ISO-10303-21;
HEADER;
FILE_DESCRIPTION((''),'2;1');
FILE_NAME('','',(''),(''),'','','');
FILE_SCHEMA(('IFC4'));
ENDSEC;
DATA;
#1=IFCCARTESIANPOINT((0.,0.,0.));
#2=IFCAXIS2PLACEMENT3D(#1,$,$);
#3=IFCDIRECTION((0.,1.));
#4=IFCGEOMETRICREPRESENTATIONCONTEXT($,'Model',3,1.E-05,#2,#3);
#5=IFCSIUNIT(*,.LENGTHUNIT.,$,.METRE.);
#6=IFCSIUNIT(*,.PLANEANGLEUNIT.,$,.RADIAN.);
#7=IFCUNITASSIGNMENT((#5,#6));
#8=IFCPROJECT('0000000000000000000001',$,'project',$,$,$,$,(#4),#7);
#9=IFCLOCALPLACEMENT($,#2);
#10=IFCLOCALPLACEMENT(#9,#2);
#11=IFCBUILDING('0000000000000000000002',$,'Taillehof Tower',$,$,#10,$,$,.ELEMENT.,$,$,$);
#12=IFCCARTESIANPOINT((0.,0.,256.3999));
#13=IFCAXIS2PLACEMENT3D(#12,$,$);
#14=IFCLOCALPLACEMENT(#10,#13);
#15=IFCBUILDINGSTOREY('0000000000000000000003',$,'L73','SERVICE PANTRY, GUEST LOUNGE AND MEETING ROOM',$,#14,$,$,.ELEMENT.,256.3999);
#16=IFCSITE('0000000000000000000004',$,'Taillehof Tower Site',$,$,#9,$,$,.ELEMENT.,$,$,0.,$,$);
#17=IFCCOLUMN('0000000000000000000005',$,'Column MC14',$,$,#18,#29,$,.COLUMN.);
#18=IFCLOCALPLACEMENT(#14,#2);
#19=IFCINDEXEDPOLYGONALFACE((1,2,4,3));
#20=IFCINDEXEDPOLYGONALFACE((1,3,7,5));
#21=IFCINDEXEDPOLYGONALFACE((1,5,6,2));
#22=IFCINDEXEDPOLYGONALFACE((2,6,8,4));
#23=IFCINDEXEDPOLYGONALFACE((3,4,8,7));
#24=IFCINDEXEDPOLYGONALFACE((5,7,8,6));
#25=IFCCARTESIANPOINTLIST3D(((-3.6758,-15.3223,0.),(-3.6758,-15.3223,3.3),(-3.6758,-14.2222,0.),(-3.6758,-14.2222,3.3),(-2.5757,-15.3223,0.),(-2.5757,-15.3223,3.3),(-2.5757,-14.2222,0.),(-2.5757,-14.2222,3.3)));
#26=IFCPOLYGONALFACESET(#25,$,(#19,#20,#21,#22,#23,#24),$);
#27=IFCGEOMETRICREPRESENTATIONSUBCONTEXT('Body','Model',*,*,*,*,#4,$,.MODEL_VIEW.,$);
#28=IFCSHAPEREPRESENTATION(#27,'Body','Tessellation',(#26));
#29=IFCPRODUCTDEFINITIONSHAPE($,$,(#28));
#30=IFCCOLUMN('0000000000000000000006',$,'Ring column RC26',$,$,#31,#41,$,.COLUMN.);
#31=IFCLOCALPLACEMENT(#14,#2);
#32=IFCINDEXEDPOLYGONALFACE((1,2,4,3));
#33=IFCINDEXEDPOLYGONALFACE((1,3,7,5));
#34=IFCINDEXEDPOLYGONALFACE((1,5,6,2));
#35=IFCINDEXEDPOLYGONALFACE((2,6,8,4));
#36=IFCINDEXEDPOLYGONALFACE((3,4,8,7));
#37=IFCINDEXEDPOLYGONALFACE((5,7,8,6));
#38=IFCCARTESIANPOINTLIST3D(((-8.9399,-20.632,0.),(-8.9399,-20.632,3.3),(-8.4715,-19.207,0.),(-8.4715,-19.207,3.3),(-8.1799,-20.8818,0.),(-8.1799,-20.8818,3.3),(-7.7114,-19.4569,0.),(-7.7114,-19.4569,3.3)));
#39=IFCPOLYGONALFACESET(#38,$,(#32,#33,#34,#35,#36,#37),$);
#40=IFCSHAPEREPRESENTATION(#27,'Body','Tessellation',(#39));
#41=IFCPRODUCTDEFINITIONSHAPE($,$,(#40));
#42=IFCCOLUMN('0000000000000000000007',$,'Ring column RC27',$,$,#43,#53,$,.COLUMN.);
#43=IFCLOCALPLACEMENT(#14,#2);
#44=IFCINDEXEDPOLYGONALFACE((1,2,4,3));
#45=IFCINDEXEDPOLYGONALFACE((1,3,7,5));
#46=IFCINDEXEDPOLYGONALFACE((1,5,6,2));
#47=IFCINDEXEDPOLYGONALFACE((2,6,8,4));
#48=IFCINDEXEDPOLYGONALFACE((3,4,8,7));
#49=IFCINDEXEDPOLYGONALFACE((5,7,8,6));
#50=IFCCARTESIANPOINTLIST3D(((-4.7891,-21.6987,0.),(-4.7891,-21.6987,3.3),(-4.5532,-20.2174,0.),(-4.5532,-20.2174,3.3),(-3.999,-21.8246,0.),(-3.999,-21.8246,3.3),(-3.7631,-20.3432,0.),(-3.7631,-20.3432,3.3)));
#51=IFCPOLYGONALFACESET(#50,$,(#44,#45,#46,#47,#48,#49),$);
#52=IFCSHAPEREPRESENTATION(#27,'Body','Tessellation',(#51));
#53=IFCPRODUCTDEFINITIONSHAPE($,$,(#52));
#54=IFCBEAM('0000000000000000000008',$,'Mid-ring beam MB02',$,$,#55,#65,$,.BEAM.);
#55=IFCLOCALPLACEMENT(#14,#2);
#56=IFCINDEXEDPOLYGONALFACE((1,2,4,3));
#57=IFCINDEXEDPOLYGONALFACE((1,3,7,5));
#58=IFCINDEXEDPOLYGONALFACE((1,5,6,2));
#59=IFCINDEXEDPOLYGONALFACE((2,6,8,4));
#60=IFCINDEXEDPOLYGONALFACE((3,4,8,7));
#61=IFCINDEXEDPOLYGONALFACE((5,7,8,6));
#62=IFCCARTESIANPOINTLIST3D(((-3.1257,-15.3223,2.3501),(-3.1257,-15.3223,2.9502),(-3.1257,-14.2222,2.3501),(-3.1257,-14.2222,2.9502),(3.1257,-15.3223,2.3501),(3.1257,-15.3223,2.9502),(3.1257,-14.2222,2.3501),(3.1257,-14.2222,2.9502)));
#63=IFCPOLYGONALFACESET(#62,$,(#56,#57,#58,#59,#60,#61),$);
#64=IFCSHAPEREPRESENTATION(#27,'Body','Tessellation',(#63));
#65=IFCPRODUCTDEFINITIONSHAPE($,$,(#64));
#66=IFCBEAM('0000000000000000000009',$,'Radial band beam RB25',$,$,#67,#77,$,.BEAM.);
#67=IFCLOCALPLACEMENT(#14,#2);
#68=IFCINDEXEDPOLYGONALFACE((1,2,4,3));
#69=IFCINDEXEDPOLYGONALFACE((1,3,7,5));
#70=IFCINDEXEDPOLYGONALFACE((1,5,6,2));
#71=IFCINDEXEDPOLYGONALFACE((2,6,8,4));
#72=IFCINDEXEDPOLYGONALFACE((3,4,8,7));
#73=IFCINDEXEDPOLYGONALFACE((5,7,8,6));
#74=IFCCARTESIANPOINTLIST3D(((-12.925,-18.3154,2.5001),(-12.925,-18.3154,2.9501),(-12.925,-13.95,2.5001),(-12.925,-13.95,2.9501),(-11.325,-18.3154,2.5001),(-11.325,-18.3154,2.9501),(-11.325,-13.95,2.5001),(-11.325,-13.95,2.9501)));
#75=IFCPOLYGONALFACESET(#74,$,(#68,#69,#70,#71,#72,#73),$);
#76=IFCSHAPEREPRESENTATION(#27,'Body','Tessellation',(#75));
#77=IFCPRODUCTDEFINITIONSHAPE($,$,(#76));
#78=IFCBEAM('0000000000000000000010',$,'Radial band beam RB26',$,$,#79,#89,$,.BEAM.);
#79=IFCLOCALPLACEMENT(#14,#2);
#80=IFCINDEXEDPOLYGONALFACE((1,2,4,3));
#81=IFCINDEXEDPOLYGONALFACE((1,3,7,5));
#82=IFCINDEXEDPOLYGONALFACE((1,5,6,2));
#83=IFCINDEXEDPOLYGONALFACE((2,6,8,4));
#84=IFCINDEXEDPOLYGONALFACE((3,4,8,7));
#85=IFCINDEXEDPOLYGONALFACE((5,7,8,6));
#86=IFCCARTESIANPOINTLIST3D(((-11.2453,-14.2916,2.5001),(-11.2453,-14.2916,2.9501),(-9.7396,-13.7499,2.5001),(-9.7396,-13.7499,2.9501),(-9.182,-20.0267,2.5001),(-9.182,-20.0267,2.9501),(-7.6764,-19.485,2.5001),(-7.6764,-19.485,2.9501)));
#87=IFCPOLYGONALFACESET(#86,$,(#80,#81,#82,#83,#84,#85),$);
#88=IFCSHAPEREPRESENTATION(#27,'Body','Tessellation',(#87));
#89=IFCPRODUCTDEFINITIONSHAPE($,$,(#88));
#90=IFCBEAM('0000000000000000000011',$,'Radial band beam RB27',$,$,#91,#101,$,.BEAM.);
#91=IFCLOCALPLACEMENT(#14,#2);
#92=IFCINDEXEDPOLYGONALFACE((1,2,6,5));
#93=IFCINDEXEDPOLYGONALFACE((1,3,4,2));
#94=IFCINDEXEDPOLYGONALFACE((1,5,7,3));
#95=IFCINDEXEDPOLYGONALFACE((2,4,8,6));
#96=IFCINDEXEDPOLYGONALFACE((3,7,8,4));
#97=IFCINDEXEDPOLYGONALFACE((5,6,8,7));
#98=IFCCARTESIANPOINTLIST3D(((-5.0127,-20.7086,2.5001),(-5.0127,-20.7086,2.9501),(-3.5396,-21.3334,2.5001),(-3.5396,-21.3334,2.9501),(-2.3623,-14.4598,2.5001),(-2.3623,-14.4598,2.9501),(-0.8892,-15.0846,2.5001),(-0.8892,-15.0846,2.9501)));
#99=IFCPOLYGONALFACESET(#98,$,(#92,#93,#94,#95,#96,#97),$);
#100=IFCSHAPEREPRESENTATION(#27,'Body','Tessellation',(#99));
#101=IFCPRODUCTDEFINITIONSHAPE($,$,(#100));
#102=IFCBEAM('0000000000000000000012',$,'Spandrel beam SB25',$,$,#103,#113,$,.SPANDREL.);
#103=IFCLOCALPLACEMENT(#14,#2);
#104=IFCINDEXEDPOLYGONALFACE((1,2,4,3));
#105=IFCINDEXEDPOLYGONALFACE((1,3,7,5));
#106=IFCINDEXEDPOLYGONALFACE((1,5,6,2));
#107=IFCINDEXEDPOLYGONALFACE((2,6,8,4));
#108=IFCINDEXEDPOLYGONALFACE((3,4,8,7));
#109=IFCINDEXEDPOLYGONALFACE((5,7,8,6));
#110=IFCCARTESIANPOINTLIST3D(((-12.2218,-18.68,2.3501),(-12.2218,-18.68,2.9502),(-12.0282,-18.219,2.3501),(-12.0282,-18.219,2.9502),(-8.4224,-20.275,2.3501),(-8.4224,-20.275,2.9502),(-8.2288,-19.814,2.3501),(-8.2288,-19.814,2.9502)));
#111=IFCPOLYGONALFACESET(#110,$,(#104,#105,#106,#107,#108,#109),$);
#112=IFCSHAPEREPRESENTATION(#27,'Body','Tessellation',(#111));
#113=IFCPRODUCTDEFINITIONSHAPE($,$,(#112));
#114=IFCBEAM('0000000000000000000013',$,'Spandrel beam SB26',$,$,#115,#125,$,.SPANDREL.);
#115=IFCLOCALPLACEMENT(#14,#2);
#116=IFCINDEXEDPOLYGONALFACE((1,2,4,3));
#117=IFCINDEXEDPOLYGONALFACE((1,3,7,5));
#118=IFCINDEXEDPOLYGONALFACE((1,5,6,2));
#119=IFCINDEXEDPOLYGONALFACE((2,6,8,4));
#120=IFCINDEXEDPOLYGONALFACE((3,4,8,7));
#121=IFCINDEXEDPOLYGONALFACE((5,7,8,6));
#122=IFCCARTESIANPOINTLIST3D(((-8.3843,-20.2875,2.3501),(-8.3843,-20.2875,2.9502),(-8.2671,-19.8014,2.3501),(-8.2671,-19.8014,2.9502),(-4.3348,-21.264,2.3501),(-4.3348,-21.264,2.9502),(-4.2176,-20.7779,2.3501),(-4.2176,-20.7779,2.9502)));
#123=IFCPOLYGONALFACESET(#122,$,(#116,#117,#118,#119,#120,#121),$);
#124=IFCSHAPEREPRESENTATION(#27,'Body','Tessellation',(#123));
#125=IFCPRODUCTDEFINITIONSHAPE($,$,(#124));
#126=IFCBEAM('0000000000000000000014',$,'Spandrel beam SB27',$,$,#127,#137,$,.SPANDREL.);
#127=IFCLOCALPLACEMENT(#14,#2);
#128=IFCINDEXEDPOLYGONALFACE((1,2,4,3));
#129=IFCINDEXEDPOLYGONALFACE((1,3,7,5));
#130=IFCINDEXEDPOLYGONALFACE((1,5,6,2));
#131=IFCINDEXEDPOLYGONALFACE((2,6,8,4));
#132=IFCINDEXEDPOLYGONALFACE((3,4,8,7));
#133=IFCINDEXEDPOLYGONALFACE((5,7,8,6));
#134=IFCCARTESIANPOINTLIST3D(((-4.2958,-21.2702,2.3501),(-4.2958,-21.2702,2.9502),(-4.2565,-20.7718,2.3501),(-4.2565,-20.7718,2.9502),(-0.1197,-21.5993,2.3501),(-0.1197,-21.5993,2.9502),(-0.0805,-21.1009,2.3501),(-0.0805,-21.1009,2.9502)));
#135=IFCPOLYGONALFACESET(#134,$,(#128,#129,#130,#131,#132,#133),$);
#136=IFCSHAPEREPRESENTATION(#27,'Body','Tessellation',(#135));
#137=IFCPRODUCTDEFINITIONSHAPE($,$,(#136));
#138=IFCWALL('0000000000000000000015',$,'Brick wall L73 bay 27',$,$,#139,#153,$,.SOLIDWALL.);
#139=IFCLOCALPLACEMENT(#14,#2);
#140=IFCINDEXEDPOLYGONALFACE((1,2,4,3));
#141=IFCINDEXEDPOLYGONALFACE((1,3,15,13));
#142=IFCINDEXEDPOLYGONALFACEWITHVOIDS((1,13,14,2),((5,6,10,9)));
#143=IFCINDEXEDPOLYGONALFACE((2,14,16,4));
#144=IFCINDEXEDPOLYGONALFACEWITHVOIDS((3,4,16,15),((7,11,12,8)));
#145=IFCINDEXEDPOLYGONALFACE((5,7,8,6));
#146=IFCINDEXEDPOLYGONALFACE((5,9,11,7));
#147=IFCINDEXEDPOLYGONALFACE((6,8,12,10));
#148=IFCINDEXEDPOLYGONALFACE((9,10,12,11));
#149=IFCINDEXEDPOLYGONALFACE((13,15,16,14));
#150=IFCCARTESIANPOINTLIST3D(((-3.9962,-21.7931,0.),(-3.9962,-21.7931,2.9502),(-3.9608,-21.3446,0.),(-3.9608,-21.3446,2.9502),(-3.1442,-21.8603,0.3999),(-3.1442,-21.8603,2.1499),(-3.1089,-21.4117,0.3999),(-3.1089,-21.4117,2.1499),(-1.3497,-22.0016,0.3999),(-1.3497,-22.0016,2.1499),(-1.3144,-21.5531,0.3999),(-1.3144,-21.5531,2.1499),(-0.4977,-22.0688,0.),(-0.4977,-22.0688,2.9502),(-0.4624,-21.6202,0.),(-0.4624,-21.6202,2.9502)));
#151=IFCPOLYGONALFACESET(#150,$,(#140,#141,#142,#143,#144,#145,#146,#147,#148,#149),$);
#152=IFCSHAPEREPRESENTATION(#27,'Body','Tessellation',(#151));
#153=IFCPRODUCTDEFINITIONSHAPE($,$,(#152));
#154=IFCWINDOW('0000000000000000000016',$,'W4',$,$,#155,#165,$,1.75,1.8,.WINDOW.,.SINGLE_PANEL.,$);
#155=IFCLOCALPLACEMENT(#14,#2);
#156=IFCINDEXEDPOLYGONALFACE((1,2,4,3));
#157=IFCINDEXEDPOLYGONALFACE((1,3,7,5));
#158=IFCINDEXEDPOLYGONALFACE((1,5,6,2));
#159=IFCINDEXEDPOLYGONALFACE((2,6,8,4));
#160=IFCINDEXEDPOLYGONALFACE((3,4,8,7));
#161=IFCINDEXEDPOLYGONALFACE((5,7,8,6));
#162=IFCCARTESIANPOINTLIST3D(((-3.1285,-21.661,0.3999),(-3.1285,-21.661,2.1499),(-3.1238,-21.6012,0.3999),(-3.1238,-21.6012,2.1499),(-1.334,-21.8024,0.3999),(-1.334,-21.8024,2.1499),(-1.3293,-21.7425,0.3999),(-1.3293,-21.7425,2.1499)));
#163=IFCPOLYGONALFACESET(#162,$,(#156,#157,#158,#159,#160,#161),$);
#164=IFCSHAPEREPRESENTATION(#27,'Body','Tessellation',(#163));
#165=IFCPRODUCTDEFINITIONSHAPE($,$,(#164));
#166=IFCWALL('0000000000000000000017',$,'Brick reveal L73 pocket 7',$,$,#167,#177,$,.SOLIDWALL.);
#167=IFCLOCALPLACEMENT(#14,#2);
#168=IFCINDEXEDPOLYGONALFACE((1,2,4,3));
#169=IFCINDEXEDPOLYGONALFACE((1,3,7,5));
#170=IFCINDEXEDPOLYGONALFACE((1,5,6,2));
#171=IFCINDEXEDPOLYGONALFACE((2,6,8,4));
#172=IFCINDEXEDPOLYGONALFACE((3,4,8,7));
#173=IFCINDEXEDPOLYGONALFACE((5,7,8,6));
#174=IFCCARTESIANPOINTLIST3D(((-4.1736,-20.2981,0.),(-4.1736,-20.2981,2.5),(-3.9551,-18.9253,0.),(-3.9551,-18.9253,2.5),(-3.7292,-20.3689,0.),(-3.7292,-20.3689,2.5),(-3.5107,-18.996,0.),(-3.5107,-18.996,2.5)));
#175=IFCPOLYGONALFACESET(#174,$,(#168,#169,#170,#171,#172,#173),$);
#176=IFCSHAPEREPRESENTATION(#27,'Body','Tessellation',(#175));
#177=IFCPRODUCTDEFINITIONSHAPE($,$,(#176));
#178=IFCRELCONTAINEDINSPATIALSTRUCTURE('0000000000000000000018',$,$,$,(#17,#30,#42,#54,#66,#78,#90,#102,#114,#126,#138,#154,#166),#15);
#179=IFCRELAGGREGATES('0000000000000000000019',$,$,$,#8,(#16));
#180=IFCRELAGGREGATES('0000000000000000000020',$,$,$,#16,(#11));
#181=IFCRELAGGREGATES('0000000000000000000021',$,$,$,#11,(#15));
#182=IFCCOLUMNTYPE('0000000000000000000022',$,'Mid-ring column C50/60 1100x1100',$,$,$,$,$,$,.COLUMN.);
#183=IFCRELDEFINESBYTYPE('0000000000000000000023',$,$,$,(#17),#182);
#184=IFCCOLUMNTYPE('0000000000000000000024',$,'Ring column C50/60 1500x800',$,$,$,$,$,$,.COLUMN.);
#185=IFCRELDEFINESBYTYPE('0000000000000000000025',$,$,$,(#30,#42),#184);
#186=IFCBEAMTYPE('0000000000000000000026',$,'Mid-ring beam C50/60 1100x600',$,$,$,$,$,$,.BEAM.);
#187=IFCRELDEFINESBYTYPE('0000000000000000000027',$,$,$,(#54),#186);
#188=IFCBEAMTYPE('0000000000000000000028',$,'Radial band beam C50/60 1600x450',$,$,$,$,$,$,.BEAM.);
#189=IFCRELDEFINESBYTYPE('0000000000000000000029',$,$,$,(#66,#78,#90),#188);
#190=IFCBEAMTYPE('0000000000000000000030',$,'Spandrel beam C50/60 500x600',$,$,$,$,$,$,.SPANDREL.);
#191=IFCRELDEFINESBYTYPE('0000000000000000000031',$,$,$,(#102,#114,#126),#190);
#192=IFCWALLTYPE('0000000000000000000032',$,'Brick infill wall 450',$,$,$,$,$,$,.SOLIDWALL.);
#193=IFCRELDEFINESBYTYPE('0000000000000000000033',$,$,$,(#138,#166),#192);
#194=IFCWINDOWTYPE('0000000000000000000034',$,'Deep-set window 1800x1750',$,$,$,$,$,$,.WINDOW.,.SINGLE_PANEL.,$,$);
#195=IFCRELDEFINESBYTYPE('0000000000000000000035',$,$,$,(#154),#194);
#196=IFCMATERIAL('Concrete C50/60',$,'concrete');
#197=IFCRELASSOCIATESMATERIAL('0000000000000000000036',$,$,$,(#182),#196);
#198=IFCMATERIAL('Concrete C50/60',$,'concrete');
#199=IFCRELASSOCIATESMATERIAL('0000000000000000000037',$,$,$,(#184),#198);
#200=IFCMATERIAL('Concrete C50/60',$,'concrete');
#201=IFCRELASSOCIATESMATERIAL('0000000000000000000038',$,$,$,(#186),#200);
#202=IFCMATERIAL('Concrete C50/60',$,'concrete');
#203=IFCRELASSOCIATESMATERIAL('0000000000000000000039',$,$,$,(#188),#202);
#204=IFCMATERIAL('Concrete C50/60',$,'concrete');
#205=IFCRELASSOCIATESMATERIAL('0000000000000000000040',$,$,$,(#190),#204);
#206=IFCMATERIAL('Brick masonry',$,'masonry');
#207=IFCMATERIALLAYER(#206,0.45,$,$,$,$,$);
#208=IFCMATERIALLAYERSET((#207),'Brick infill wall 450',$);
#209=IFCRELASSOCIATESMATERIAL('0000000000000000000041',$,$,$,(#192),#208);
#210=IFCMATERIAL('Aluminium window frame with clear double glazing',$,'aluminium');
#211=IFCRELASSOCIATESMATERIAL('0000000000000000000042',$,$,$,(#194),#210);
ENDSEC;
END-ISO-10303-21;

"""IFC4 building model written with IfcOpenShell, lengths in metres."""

from ifc_helpers import new_model, si_unit, direction, frame, frame_2d, origin, origin_2d, place, context, subcontext, project, spatial, rectangle, extrude, material, layer, layer_set, material_profile, profile_set, type_object, element, fill, save


model = new_model("IFC4")

# Units and contexts
model_context = context("Model", 3, precision=1e-05, world=origin(), true_north=direction((0.0, 1.0)))
body_context = subcontext(model_context, "Body", "Model", "MODEL_VIEW")
ifc_project = project(units=[si_unit("LENGTHUNIT", "METRE"), si_unit("PLANEANGLEUNIT", "RADIAN")], contexts=[model_context])

# Site, building, storey
site_placement = place(None, origin())
site = spatial("IfcSite", under=ifc_project, at=site_placement, Name="Taillehof Tower Site", CompositionType="ELEMENT", RefElevation=0.0)
building_placement = place(site_placement, origin())
building = spatial("IfcBuilding", under=site, at=building_placement, Name="Taillehof Tower", CompositionType="ELEMENT")
storey_placement = place(building_placement, frame((0.0, 0.0, 256.3999)))
storey = spatial("IfcBuildingStorey", under=building, at=storey_placement, Name="L73", Description="SERVICE PANTRY, GUEST LOUNGE AND MEETING ROOM", CompositionType="ELEMENT", Elevation=256.3999)

# Columns
ifc_material_1 = material(Name="Concrete C50/60", Category="concrete")
ifc_material_profile_1 = material_profile(ifc_material_1, rectangle(XDim=1.1001, YDim=1.1001, at=origin_2d()), Name="RC 1100x1100")
ifc_profile_set_1 = profile_set([ifc_material_profile_1], Name="Concrete C50/60")
column_type_1 = type_object("IfcColumnType", Name="Mid-ring column C50/60 1100x1100", PredefinedType="COLUMN", material=ifc_profile_set_1)
column_placement = place(storey_placement, frame((-3.1257, -14.7722, 0.0), z_axis=(0.0, 0.0, 1.0), x_axis=(1.0, 0.0, 0.0)))
element("IfcColumn", 1, at=column_placement, inside=storey, type_object=column_type_1, Name="Column MC14", PredefinedType="COLUMN", context=body_context, shape_type="SweptSolid", body=[
    extrude(rectangle(XDim=1.1001, YDim=1.1001, at=origin_2d()), origin(), (0.0, 0.0, 1.0), 3.3),
])
ifc_material_2 = material(Name="Concrete C50/60", Category="concrete")
ifc_material_profile_2 = material_profile(ifc_material_2, rectangle(XDim=1.5, YDim=0.8, at=origin_2d()), Name="RC 1500x800")
ifc_profile_set_2 = profile_set([ifc_material_profile_2], Name="Concrete C50/60")
column_type_2 = type_object("IfcColumnType", Name="Ring column C50/60 1500x800", PredefinedType="COLUMN", material=ifc_profile_set_2)
for number, where, z_axis, x_axis, name in (
    (2, (-8.3257, -20.0444, 0.0), (0.0, 0.0, 1.0), (-0.312304, -0.949982, 0.0), "Ring column RC26"),
    (3, (-4.2761, -21.021, 0.0), (0.0, 0.0, 1.0), (-0.157281, -0.987554, 0.0), "Ring column RC27"),
):
    element("IfcColumn", number, at=place(storey_placement, frame(where, z_axis=z_axis, x_axis=x_axis)), inside=storey, type_object=column_type_2, Name=name, PredefinedType="COLUMN", context=body_context, shape_type="SweptSolid", body=[
        extrude(rectangle(XDim=1.5, YDim=0.8, at=origin_2d()), origin(), (0.0, 0.0, 1.0), 3.3),
    ])

# Beams
ifc_material_3 = material(Name="Concrete C50/60", Category="concrete")
ifc_material_profile_3 = material_profile(ifc_material_3, rectangle(XDim=1.1001, YDim=0.6001, at=origin_2d()), Name="RC 1100x600")
ifc_profile_set_3 = profile_set([ifc_material_profile_3], Name="Concrete C50/60")
beam_type_1 = type_object("IfcBeamType", Name="Mid-ring beam C50/60 1100x600", PredefinedType="BEAM", material=ifc_profile_set_3)
beam_1_placement = place(storey_placement, frame((-3.1257, -14.7722, 2.6501), z_axis=(1.0, 0.0, 0.0), x_axis=(0.0, 1.0, 0.0)))
element("IfcBeam", 4, at=beam_1_placement, inside=storey, type_object=beam_type_1, Name="Mid-ring beam MB02", PredefinedType="BEAM", context=body_context, shape_type="SweptSolid", body=[
    extrude(rectangle(XDim=1.1001, YDim=0.6001, at=origin_2d()), origin(), (0.0, 0.0, 1.0), 6.2515),
])
ifc_material_4 = material(Name="Concrete C50/60", Category="concrete")
ifc_material_profile_4 = material_profile(ifc_material_4, rectangle(XDim=1.6001, YDim=0.45, at=origin_2d()), Name="RC 1600x450")
ifc_profile_set_4 = profile_set([ifc_material_profile_4], Name="Concrete C50/60")
beam_type_2 = type_object("IfcBeamType", Name="Radial band beam C50/60 1600x450", PredefinedType="BEAM", material=ifc_profile_set_4)
beam_2_placement = place(storey_placement, frame((-12.125, -18.3154, 2.7251), z_axis=(0.0, 1.0, 0.0), x_axis=(-1.0, 0.0, 0.0)))
element("IfcBeam", 5, at=beam_2_placement, inside=storey, type_object=beam_type_2, Name="Radial band beam RB25", PredefinedType="BEAM", context=body_context, shape_type="SweptSolid", body=[
    extrude(rectangle(XDim=1.6001, YDim=0.45, at=origin_2d()), origin(), (0.0, 0.0, 1.0), 4.3655),
])
beam_3_placement = place(storey_placement, frame((-8.4292, -19.7559, 2.7251), z_axis=(-0.338515, 0.940961, 0.0), x_axis=(-0.940961, -0.338515, 0.0)))
element("IfcBeam", 6, at=beam_3_placement, inside=storey, type_object=beam_type_2, Name="Radial band beam RB26", PredefinedType="BEAM", context=body_context, shape_type="SweptSolid", body=[
    extrude(rectangle(XDim=1.6001, YDim=0.45, at=origin_2d()), origin(), (0.0, 0.0, 1.0), 6.095),
])
beam_4_placement = place(storey_placement, frame((-4.2761, -21.021, 2.7251), z_axis=(0.390474, 0.920614, 0.0), x_axis=(-0.920614, 0.390474, 0.0)))
element("IfcBeam", 7, at=beam_4_placement, inside=storey, type_object=beam_type_2, Name="Radial band beam RB27", PredefinedType="BEAM", context=body_context, shape_type="SweptSolid", body=[
    extrude(rectangle(XDim=1.6001, YDim=0.45, at=origin_2d()), origin(), (0.0, 0.0, 1.0), 6.7876),
])
ifc_material_5 = material(Name="Concrete C50/60", Category="concrete")
ifc_material_profile_5 = material_profile(ifc_material_5, rectangle(XDim=0.5, YDim=0.6001, at=origin_2d()), Name="RC 500x600")
ifc_profile_set_5 = profile_set([ifc_material_profile_5], Name="Concrete C50/60")
beam_type_3 = type_object("IfcBeamType", Name="Spandrel beam C50/60 500x600", PredefinedType="SPANDREL", material=ifc_profile_set_5)
beam_5_placement = place(storey_placement, frame((-12.125, -18.4495, 2.6501), z_axis=(0.922046, -0.387079, 0.0), x_axis=(0.387079, 0.922046, 0.0)))
element("IfcBeam", 8, at=beam_5_placement, inside=storey, type_object=beam_type_3, Name="Spandrel beam SB25", PredefinedType="SPANDREL", context=body_context, shape_type="SweptSolid", body=[
    extrude(rectangle(XDim=0.5, YDim=0.6001, at=origin_2d()), origin(), (0.0, 0.0, 1.0), 4.1206),
])
beam_6_placement = place(storey_placement, frame((-8.3257, -20.0444, 2.6501), z_axis=(0.972132, -0.234432, 0.0), x_axis=(0.234432, 0.972132, 0.0)))
element("IfcBeam", 9, at=beam_6_placement, inside=storey, type_object=beam_type_3, Name="Spandrel beam SB26", PredefinedType="SPANDREL", context=body_context, shape_type="SweptSolid", body=[
    extrude(rectangle(XDim=0.5, YDim=0.6001, at=origin_2d()), origin(), (0.0, 0.0, 1.0), 4.1655),
])
beam_7_placement = place(storey_placement, frame((-4.2761, -21.021, 2.6501), z_axis=(0.996909, -0.078564, 0.0), x_axis=(0.078564, 0.996909, 0.0)))
element("IfcBeam", 10, at=beam_7_placement, inside=storey, type_object=beam_type_3, Name="Spandrel beam SB27", PredefinedType="SPANDREL", context=body_context, shape_type="SweptSolid", body=[
    extrude(rectangle(XDim=0.5, YDim=0.6001, at=origin_2d()), origin(), (0.0, 0.0, 1.0), 4.189),
])

# Wall, opening, window
ifc_material_6 = material(Name="Brick masonry", Category="masonry")
ifc_layer_1 = layer(ifc_material_6, 0.45)
ifc_layer_set_1 = layer_set([ifc_layer_1], Name="Brick infill wall 450")
wall_type_1 = type_object("IfcWallType", Name="Brick infill wall 450", PredefinedType="SOLIDWALL", material=ifc_layer_set_1)
wall_1_placement = place(storey_placement, frame((-3.9785, -21.5688, 0.0), z_axis=(0.0, 0.0, 1.0), x_axis=(0.996911, -0.078542, 0.0)))
wall_1 = element("IfcWall", 11, at=wall_1_placement, inside=storey, type_object=wall_type_1, Name="Brick wall L73 bay 27", PredefinedType="SOLIDWALL", context=body_context, shape_type="SweptSolid", body=[
    extrude(rectangle(XDim=3.5093, YDim=0.45, at=frame_2d((1.7546, 0.0))), origin(), (0.0, 0.0, 1.0), 2.9502),
])
opening_1_placement = place(wall_1_placement, frame((0.8547, 0.0, 0.3999)))
opening_1 = element("IfcOpeningElement", 12, at=opening_1_placement, cuts=wall_1, PredefinedType="OPENING", context=body_context, shape_type="SweptSolid", body=[
    extrude(rectangle(XDim=1.8, YDim=1.75, at=frame_2d((0.8999, 0.875))), frame((0.0, 0.2349, 0.0), z_axis=(0.0, -1.0, 0.0), x_axis=(1.0, 0.0, 0.0)), (0.0, 0.0, 1.0), 0.47),
])
ifc_material_7 = material(Name="Aluminium window frame with clear double glazing", Category="aluminium")
window_type_1 = type_object("IfcWindowType", Name="Deep-set window 1800x1750", PartitioningType="SINGLE_PANEL", PredefinedType="WINDOW", material=ifc_material_7)
window_1_placement = place(opening_1_placement, origin())
window_1 = element("IfcWindow", 13, at=window_1_placement, inside=storey, type_object=window_type_1, Name="W4", OverallHeight=1.75, OverallWidth=1.8, PartitioningType="SINGLE_PANEL", PredefinedType="WINDOW", context=body_context, shape_type="SweptSolid", body=[
    extrude(rectangle(XDim=1.8, YDim=1.75, at=frame_2d((0.8999, 0.875))), frame((0.0, 0.0349, 0.0), z_axis=(0.0, -1.0, 0.0), x_axis=(1.0, 0.0, 0.0)), (0.0, 0.0, 1.0), 0.0601),
])
fill(opening_1, window_1)

# Wall
wall_2_placement = place(storey_placement, frame((-3.9514, -20.3335, 0.0), z_axis=(0.0, 0.0, 1.0), x_axis=(0.157189, 0.987569, 0.0)))
element("IfcWall", 14, at=wall_2_placement, inside=storey, type_object=wall_type_1, Name="Brick reveal L73 pocket 7", PredefinedType="SOLIDWALL", context=body_context, shape_type="SweptSolid", body=[
    extrude(rectangle(XDim=1.3901, YDim=0.45, at=frame_2d((0.6951, 0.0))), origin(), (0.0, 0.0, 1.0), 2.5),
])

save(model, "model.ifc")
